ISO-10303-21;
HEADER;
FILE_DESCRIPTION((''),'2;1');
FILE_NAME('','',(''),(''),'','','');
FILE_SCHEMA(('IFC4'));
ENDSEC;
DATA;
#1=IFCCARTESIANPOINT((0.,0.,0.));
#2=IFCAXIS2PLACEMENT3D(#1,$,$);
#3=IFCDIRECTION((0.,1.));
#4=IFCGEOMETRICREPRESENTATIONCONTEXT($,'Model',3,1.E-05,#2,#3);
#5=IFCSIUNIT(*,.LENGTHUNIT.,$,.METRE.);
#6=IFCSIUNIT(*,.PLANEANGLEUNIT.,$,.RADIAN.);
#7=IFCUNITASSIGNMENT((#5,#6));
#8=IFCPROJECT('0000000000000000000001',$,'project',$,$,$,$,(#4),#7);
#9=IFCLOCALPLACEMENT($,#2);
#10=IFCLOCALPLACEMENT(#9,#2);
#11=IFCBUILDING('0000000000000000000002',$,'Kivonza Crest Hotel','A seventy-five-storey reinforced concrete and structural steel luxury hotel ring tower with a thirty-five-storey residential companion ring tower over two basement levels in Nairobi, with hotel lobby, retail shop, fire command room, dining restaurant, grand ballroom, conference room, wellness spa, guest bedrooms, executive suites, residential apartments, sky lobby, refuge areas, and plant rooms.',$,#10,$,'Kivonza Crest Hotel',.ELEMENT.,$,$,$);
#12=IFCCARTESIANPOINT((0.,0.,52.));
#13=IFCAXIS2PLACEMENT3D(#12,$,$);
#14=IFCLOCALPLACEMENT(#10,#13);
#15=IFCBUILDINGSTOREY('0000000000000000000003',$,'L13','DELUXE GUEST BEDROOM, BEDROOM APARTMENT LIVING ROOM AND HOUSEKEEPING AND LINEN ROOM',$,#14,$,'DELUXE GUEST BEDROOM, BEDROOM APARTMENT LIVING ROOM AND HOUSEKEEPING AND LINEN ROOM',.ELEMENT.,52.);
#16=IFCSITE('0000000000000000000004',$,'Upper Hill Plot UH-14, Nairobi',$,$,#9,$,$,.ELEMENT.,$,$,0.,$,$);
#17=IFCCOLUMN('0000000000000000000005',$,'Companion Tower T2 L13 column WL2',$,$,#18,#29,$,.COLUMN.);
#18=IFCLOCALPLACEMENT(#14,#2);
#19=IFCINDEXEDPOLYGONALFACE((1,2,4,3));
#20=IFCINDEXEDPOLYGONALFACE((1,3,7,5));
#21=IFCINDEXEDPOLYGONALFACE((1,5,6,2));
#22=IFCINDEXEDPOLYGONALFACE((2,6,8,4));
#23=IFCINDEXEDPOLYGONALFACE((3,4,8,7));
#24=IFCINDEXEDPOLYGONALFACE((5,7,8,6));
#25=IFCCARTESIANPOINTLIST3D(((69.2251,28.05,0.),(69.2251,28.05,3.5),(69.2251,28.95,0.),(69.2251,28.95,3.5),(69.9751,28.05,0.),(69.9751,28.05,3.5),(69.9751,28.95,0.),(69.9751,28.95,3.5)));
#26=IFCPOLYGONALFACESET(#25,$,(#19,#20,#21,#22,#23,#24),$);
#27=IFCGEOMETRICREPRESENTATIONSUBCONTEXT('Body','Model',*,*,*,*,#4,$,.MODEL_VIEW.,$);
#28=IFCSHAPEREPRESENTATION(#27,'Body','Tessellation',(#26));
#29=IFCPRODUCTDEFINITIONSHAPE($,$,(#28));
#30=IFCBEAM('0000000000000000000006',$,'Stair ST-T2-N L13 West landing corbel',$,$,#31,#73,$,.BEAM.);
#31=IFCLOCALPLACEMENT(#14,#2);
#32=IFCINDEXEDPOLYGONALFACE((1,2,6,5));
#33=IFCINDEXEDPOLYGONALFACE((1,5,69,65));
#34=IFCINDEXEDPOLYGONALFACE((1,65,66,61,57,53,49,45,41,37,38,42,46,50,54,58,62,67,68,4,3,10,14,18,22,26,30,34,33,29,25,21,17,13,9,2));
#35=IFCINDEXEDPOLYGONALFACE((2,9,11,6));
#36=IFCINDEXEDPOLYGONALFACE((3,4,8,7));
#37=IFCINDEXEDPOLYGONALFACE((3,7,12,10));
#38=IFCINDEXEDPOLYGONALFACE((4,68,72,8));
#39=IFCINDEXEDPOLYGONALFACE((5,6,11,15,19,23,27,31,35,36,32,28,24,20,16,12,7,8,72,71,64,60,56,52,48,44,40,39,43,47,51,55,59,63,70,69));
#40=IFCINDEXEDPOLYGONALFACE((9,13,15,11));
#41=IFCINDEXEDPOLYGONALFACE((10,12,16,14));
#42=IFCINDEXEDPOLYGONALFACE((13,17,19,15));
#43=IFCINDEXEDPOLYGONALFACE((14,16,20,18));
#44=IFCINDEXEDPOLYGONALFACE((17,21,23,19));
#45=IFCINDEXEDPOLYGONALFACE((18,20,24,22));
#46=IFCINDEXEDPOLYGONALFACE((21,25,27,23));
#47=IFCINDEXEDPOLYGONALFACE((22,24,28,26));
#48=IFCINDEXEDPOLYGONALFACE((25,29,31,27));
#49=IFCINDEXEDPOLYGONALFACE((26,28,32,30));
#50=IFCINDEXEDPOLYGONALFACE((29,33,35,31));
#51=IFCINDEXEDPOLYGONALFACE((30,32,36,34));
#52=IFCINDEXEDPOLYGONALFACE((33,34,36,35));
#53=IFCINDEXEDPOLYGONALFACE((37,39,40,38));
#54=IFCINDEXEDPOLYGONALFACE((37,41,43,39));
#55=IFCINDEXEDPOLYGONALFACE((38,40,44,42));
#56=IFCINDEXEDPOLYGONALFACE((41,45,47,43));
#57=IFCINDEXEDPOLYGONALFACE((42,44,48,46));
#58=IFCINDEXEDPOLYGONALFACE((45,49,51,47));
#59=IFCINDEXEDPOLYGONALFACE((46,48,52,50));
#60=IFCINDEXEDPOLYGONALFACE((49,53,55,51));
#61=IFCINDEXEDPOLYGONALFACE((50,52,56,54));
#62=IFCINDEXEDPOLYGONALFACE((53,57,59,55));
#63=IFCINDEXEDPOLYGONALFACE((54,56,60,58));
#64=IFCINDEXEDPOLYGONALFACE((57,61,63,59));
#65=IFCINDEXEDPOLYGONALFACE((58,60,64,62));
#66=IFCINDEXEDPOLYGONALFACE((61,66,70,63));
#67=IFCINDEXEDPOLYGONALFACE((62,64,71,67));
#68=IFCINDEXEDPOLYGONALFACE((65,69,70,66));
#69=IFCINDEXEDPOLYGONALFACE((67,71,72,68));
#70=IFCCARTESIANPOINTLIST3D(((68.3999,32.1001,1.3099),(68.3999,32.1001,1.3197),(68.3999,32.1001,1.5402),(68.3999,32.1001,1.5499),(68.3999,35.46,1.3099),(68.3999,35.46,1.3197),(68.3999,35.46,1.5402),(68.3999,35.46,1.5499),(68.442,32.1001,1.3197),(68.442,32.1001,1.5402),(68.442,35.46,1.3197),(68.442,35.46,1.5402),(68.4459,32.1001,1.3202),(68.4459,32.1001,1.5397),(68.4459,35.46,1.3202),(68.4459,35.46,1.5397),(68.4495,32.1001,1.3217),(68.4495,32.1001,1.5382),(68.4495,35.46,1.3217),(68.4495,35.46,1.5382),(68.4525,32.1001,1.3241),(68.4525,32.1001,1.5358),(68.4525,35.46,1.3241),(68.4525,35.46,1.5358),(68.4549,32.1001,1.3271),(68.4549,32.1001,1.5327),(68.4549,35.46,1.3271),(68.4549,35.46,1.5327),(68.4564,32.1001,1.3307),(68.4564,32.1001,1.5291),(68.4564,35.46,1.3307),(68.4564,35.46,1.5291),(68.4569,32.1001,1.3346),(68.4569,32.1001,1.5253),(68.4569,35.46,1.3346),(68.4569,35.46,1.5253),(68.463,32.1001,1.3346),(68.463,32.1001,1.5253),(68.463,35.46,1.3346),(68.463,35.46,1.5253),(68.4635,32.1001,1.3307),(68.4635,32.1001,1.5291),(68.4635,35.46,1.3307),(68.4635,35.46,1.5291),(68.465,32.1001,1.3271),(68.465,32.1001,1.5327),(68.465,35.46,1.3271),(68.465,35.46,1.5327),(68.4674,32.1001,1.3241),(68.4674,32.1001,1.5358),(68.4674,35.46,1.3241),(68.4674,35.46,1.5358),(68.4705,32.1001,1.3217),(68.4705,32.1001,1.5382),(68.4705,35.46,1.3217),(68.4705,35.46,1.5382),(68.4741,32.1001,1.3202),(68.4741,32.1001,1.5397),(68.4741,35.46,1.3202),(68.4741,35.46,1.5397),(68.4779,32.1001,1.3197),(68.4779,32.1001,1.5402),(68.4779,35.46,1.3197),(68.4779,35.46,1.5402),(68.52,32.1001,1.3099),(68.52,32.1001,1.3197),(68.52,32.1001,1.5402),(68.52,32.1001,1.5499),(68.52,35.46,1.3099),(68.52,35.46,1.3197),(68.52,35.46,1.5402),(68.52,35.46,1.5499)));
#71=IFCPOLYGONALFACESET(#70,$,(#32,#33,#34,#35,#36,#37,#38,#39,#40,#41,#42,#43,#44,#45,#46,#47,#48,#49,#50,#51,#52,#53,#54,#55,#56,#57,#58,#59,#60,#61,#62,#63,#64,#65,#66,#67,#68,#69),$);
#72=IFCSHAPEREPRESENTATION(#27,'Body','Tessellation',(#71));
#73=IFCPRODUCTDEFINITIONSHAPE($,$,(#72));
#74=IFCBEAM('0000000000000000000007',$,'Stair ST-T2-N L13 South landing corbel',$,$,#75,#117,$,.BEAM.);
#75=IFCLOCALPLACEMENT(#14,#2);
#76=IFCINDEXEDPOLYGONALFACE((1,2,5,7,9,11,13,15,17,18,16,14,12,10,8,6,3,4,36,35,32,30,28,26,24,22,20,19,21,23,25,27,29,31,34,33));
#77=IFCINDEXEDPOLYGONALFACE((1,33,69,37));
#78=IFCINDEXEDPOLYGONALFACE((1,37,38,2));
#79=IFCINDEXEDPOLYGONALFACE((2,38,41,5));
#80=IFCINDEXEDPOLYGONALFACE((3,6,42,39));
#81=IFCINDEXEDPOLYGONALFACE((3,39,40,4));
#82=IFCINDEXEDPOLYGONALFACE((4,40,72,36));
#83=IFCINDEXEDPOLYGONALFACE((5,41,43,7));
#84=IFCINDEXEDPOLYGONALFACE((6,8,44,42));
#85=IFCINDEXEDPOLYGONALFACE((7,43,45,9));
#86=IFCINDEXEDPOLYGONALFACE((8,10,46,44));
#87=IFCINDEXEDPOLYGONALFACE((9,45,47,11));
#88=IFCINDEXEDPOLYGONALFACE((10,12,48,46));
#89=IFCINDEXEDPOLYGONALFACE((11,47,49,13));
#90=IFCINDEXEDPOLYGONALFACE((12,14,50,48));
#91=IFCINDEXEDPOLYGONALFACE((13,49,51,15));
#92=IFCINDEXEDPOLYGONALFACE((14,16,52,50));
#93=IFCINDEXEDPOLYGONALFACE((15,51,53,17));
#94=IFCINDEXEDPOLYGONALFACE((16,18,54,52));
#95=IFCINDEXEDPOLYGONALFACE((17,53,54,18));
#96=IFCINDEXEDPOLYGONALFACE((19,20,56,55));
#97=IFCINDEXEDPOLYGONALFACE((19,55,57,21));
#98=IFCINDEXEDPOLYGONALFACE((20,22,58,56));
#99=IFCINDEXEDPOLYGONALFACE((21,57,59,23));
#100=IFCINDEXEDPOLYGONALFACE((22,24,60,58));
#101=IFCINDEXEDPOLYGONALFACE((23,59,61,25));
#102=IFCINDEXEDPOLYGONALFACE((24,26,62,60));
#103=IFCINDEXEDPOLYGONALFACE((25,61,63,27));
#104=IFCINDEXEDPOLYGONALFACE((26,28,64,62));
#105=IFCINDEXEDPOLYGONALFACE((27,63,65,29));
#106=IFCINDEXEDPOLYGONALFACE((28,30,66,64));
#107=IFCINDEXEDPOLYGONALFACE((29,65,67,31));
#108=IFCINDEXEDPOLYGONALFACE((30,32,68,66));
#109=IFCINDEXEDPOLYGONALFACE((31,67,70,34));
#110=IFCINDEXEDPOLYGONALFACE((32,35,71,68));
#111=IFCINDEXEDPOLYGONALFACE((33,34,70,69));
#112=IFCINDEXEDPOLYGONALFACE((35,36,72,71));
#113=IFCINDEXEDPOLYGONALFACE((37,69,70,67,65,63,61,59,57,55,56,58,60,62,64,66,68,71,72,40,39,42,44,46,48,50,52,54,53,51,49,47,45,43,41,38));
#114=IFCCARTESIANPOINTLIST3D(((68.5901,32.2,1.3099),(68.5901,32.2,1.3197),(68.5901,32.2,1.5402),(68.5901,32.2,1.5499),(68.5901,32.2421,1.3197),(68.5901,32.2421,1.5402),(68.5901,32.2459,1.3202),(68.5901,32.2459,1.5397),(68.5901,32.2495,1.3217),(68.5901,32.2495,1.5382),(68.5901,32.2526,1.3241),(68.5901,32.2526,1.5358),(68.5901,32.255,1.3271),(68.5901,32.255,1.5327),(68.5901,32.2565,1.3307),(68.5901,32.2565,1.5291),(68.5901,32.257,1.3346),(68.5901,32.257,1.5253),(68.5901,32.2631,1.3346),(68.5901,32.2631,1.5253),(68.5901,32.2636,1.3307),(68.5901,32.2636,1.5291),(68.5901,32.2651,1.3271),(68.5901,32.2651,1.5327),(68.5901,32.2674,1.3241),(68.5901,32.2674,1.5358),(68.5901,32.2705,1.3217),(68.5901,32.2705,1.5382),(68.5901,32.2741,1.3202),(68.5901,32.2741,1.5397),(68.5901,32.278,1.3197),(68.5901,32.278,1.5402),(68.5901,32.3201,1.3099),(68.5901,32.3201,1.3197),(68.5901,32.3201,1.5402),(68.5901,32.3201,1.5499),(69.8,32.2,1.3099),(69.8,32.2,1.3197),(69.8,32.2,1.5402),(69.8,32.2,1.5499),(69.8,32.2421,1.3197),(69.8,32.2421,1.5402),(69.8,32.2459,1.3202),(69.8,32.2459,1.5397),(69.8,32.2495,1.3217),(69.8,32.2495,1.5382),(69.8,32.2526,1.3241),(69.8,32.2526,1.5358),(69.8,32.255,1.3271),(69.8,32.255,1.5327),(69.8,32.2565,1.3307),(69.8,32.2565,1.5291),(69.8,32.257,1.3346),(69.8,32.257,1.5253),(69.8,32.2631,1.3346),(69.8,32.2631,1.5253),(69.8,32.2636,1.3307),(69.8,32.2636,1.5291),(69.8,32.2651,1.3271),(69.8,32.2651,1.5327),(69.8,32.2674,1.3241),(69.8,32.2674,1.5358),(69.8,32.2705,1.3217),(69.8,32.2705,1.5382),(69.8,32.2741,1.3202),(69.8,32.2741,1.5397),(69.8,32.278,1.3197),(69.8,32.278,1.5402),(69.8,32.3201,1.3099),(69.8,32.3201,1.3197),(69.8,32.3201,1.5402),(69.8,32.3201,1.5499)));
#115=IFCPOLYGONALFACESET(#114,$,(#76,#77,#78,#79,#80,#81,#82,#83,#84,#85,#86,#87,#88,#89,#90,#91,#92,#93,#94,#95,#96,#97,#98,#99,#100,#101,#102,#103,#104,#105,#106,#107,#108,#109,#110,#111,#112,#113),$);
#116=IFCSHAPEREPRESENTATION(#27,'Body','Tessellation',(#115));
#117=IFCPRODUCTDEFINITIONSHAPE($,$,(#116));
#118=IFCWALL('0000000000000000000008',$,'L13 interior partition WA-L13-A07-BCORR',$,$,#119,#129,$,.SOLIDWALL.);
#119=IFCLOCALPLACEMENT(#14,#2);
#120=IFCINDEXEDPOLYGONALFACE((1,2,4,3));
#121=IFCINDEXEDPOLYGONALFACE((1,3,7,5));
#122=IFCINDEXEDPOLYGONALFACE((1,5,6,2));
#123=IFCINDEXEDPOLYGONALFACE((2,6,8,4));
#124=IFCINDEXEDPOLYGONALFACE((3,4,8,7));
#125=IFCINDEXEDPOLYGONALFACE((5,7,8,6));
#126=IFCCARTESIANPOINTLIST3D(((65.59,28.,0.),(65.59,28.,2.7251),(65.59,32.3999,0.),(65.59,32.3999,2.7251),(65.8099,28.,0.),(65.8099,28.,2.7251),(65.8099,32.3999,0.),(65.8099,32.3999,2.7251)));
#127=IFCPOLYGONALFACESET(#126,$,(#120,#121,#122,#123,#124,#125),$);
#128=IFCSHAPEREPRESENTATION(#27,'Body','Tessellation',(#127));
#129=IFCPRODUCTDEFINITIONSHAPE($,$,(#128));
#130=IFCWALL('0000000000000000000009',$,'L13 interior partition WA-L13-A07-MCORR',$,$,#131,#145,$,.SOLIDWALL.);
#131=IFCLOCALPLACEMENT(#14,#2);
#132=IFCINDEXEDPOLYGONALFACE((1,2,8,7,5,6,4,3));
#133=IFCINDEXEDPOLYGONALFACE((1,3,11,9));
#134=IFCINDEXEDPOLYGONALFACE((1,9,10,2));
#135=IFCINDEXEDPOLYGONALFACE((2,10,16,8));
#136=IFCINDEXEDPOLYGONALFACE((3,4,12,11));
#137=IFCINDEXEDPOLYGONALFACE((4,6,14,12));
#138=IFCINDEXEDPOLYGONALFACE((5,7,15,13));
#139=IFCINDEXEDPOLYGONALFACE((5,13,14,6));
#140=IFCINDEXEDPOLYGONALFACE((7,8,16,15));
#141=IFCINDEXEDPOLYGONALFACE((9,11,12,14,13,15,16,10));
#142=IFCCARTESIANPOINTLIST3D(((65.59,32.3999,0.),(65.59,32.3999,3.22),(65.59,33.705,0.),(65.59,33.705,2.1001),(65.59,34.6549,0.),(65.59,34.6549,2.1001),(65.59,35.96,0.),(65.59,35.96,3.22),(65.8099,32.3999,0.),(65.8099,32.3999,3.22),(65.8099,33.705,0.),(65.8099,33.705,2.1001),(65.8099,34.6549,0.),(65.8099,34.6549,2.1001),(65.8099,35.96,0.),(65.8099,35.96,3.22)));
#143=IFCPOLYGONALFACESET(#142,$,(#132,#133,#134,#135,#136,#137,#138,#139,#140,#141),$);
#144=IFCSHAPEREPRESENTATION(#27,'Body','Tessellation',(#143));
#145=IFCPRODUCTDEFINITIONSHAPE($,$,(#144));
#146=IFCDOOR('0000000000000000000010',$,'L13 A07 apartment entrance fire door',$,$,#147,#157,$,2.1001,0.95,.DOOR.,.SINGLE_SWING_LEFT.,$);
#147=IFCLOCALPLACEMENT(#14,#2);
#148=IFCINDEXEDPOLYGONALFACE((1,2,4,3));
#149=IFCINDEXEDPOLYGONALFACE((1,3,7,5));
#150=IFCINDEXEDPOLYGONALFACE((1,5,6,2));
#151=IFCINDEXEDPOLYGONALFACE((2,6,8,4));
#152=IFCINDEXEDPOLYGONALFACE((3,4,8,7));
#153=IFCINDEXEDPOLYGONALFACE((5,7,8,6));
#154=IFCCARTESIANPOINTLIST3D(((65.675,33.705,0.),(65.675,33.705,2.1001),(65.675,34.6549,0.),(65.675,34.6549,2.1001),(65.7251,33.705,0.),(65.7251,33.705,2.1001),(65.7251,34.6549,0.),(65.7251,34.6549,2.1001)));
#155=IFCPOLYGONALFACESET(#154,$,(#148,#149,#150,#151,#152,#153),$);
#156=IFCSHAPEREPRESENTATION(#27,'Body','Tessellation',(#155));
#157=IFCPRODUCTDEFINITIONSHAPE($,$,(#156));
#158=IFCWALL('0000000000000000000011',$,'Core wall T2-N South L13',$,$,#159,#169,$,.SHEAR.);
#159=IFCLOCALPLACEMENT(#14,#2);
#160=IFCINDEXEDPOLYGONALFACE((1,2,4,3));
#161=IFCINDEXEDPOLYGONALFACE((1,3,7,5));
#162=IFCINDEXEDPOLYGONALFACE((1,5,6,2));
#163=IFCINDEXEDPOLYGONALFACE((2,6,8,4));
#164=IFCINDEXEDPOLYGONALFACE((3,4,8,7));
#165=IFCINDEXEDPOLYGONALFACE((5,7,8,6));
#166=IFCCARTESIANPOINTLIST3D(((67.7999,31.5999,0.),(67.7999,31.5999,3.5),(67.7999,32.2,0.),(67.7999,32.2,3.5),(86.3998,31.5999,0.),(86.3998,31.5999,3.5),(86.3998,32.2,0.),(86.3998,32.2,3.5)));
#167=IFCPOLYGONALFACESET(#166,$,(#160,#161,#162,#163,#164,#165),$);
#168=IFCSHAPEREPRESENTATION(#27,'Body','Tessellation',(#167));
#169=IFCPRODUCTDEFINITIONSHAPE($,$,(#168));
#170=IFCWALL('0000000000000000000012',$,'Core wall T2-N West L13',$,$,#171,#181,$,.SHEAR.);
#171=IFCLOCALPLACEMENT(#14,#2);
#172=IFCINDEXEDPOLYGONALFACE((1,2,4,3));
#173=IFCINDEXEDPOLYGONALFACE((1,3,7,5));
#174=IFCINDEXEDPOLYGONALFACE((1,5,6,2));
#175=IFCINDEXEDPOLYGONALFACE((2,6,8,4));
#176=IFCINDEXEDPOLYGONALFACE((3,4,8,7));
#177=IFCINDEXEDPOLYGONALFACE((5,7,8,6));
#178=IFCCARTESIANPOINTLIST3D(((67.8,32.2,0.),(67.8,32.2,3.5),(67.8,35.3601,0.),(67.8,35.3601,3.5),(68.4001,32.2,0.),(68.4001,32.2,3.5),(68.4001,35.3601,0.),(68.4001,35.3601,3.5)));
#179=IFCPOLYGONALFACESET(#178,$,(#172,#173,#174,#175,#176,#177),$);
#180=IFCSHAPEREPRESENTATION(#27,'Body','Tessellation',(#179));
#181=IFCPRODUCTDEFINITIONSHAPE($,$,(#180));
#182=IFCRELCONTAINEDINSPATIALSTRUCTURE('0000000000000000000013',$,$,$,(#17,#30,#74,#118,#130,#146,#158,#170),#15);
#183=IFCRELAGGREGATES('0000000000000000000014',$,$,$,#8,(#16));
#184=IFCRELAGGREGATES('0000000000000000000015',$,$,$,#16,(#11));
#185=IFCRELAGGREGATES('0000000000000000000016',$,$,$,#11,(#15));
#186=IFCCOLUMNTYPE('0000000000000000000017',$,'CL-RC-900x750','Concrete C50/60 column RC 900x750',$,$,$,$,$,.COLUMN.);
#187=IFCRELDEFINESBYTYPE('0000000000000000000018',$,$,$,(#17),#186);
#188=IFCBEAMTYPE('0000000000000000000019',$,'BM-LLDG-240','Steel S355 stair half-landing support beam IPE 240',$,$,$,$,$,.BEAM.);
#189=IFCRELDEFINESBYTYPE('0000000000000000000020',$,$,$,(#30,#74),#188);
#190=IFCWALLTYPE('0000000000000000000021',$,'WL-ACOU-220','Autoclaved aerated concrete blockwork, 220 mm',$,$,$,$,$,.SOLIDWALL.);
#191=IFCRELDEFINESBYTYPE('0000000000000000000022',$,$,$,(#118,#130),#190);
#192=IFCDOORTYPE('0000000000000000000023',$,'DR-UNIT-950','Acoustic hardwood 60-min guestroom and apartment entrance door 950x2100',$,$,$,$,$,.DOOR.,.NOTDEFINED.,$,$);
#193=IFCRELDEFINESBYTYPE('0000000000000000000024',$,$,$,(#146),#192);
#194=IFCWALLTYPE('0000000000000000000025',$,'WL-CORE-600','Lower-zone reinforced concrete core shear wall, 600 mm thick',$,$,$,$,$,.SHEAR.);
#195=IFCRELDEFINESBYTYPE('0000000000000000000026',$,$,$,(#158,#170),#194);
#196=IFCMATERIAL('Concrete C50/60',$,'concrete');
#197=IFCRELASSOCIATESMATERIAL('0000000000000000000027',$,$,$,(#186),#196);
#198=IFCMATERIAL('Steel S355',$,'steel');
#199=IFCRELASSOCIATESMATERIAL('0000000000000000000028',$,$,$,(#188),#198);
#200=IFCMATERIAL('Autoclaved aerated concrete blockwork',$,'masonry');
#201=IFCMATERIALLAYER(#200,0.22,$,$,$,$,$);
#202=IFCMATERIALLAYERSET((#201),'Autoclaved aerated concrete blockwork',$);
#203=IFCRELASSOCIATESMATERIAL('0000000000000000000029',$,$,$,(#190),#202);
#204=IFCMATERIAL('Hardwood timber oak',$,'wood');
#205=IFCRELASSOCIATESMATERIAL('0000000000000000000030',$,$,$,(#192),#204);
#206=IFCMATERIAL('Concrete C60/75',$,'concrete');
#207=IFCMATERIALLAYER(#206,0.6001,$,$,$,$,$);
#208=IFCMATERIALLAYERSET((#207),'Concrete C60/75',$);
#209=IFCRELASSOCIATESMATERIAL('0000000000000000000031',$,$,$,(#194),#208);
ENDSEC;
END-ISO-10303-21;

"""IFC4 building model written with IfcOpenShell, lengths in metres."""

from ifc_helpers import new_model, si_unit, direction, frame, frame_2d, origin, origin_2d, place, context, subcontext, project, spatial, rectangle, i_section, extrude, material, layer, layer_set, material_profile, profile_set, type_object, element, fill, save


model = new_model("IFC4")

# Units and contexts
model_context = context("Model", 3, precision=1e-05, world=origin(), true_north=direction((0.0, 1.0)))
body_context = subcontext(model_context, "Body", "Model", "MODEL_VIEW")
ifc_project = project(units=[si_unit("LENGTHUNIT", "METRE"), si_unit("PLANEANGLEUNIT", "RADIAN")], contexts=[model_context])

# Site, building, storey
site_placement = place(None, origin())
site = spatial("IfcSite", under=ifc_project, at=site_placement, Name="Upper Hill Plot UH-14, Nairobi", CompositionType="ELEMENT", RefElevation=0.0)
building_placement = place(site_placement, origin())
building = spatial("IfcBuilding", under=site, at=building_placement, Name="Kivonza Crest Hotel", Description="A seventy-five-storey reinforced concrete and structural steel luxury hotel ring tower with a thirty-five-storey residential companion ring tower over two basement levels in Nairobi, with hotel lobby, retail shop, fire command room, dining restaurant, grand ballroom, conference room, wellness spa, guest bedrooms, executive suites, residential apartments, sky lobby, refuge areas, and plant rooms.", LongName="Kivonza Crest Hotel", CompositionType="ELEMENT")
storey_placement = place(building_placement, frame((0.0, 0.0, 52.0)))
storey = spatial("IfcBuildingStorey", under=building, at=storey_placement, Name="L13", Description="DELUXE GUEST BEDROOM, BEDROOM APARTMENT LIVING ROOM AND HOUSEKEEPING AND LINEN ROOM", LongName="DELUXE GUEST BEDROOM, BEDROOM APARTMENT LIVING ROOM AND HOUSEKEEPING AND LINEN ROOM", CompositionType="ELEMENT", Elevation=52.0)

# Column
ifc_material_1 = material(Name="Concrete C50/60", Category="concrete")
ifc_material_profile_1 = material_profile(ifc_material_1, rectangle(XDim=0.75, YDim=0.8999, at=origin_2d()), Name="RC 900x750")
ifc_profile_set_1 = profile_set([ifc_material_profile_1], Name="Concrete C50/60")
column_type = type_object("IfcColumnType", Name="CL-RC-900x750", Description="Concrete C50/60 column RC 900x750", PredefinedType="COLUMN", material=ifc_profile_set_1)
column_placement = place(storey_placement, frame((69.6001, 28.5, 0.0), z_axis=(0.0, 0.0, 1.0), x_axis=(1.0, 0.0, 0.0)))
element("IfcColumn", 1, at=column_placement, inside=storey, type_object=column_type, Name="Companion Tower T2 L13 column WL2", PredefinedType="COLUMN", context=body_context, shape_type="SweptSolid", body=[
    extrude(rectangle(XDim=0.75, YDim=0.8999, at=origin_2d()), origin(), (0.0, 0.0, 1.0), 3.5),
])

# Beams
ifc_material_2 = material(Name="Steel S355", Category="steel")
ifc_material_profile_2 = material_profile(ifc_material_2, i_section(OverallWidth=0.1201, OverallDepth=0.24, WebThickness=0.0061, FlangeThickness=0.0098, FilletRadius=0.0149, at=origin_2d()), Name="IPE 240")
ifc_profile_set_2 = profile_set([ifc_material_profile_2], Name="Steel S355")
beam_type = type_object("IfcBeamType", Name="BM-LLDG-240", Description="Steel S355 stair half-landing support beam IPE 240", PredefinedType="BEAM", material=ifc_profile_set_2)
beam_1_placement = place(storey_placement, frame((68.46, 32.1001, 1.4299), z_axis=(0.0, 1.0, 0.0), x_axis=(-1.0, 0.0, 0.0)))
element("IfcBeam", 2, at=beam_1_placement, inside=storey, type_object=beam_type, Name="Stair ST-T2-N L13 West landing corbel", PredefinedType="BEAM", context=body_context, shape_type="SweptSolid", body=[
    extrude(i_section(OverallWidth=0.1201, OverallDepth=0.24, WebThickness=0.0061, FlangeThickness=0.0098, FilletRadius=0.0149, at=origin_2d()), origin(), (0.0, 0.0, 1.0), 3.3599),
])
beam_2_placement = place(storey_placement, frame((68.5901, 32.26, 1.4299), z_axis=(1.0, 0.0, 0.0), x_axis=(0.0, 1.0, 0.0)))
element("IfcBeam", 3, at=beam_2_placement, inside=storey, type_object=beam_type, Name="Stair ST-T2-N L13 South landing corbel", PredefinedType="BEAM", context=body_context, shape_type="SweptSolid", body=[
    extrude(i_section(OverallWidth=0.1201, OverallDepth=0.24, WebThickness=0.0061, FlangeThickness=0.0098, FilletRadius=0.0149, at=origin_2d()), origin(), (0.0, 0.0, 1.0), 1.21),
])

# Wall
ifc_material_3 = material(Name="Autoclaved aerated concrete blockwork", Category="masonry")
ifc_layer_1 = layer(ifc_material_3, 0.22)
ifc_layer_set_1 = layer_set([ifc_layer_1], Name="Autoclaved aerated concrete blockwork")
wall_type_1 = type_object("IfcWallType", Name="WL-ACOU-220", Description="Autoclaved aerated concrete blockwork, 220 mm", PredefinedType="SOLIDWALL", material=ifc_layer_set_1)
wall_1_placement = place(storey_placement, frame((65.7, 28.0, 0.0), z_axis=(0.0, 0.0, 1.0), x_axis=(0.0, 1.0, 0.0)))
element("IfcWall", 4, at=wall_1_placement, inside=storey, type_object=wall_type_1, Name="L13 interior partition WA-L13-A07-BCORR", PredefinedType="SOLIDWALL", context=body_context, shape_type="SweptSolid", body=[
    extrude(rectangle(XDim=4.3999, YDim=0.22, at=frame_2d((2.2, 0.0))), origin(), (0.0, 0.0, 1.0), 2.7251),
])

# Wall, opening, door
wall_2_placement = place(storey_placement, frame((65.7, 32.3999, 0.0), z_axis=(0.0, 0.0, 1.0), x_axis=(0.0, 1.0, 0.0)))
wall_2 = element("IfcWall", 5, at=wall_2_placement, inside=storey, type_object=wall_type_1, Name="L13 interior partition WA-L13-A07-MCORR", PredefinedType="SOLIDWALL", context=body_context, shape_type="SweptSolid", body=[
    extrude(rectangle(XDim=3.5601, YDim=0.22, at=frame_2d((1.78, 0.0))), origin(), (0.0, 0.0, 1.0), 3.22),
])
opening_1_placement = place(wall_2_placement, frame((1.3049, 0.0, 0.0)))
opening_1 = element("IfcOpeningElement", 6, at=opening_1_placement, cuts=wall_2, PredefinedType="OPENING", context=body_context, shape_type="SweptSolid", body=[
    extrude(rectangle(XDim=0.95, YDim=2.1001, at=frame_2d((0.4751, 1.05))), frame((0.0, 0.1201, 0.0), z_axis=(0.0, -1.0, 0.0), x_axis=(1.0, 0.0, 0.0)), (0.0, 0.0, 1.0), 0.24),
])
ifc_material_4 = material(Name="Hardwood timber oak", Category="wood")
door_type = type_object("IfcDoorType", Name="DR-UNIT-950", Description="Acoustic hardwood 60-min guestroom and apartment entrance door 950x2100", OperationType="NOTDEFINED", PredefinedType="DOOR", material=ifc_material_4)
door_placement = place(opening_1_placement, origin())
door = element("IfcDoor", 7, at=door_placement, inside=storey, type_object=door_type, Name="L13 A07 apartment entrance fire door", OperationType="SINGLE_SWING_LEFT", OverallHeight=2.1001, OverallWidth=0.95, PredefinedType="DOOR", context=body_context, shape_type="SweptSolid", body=[
    extrude(rectangle(XDim=0.95, YDim=2.1001, at=frame_2d((0.4751, 1.05))), frame((0.0, 0.0249, 0.0), z_axis=(0.0, -1.0, 0.0), x_axis=(1.0, 0.0, 0.0)), (0.0, 0.0, 1.0), 0.05),
])
fill(opening_1, door)

# Walls
ifc_material_5 = material(Name="Concrete C60/75", Category="concrete")
ifc_layer_2 = layer(ifc_material_5, 0.6001)
ifc_layer_set_2 = layer_set([ifc_layer_2], Name="Concrete C60/75")
wall_type_2 = type_object("IfcWallType", Name="WL-CORE-600", Description="Lower-zone reinforced concrete core shear wall, 600 mm thick", PredefinedType="SHEAR", material=ifc_layer_set_2)
wall_3_placement = place(storey_placement, frame((67.8, 31.8999, 0.0), z_axis=(0.0, 0.0, 1.0), x_axis=(1.0, 0.0, 0.0)))
element("IfcWall", 8, at=wall_3_placement, inside=storey, type_object=wall_type_2, Name="Core wall T2-N South L13", PredefinedType="SHEAR", context=body_context, shape_type="SweptSolid", body=[
    extrude(rectangle(XDim=18.5999, YDim=0.6001, at=frame_2d((9.2998, 0.0))), origin(), (0.0, 0.0, 1.0), 3.5),
])
wall_4_placement = place(storey_placement, frame((68.1001, 32.2, 0.0), z_axis=(0.0, 0.0, 1.0), x_axis=(0.0, 1.0, 0.0)))
element("IfcWall", 9, at=wall_4_placement, inside=storey, type_object=wall_type_2, Name="Core wall T2-N West L13", PredefinedType="SHEAR", context=body_context, shape_type="SweptSolid", body=[
    extrude(rectangle(XDim=3.1602, YDim=0.6001, at=frame_2d((1.5801, 0.0))), origin(), (0.0, 0.0, 1.0), 3.5),
])

save(model, "model.ifc")
